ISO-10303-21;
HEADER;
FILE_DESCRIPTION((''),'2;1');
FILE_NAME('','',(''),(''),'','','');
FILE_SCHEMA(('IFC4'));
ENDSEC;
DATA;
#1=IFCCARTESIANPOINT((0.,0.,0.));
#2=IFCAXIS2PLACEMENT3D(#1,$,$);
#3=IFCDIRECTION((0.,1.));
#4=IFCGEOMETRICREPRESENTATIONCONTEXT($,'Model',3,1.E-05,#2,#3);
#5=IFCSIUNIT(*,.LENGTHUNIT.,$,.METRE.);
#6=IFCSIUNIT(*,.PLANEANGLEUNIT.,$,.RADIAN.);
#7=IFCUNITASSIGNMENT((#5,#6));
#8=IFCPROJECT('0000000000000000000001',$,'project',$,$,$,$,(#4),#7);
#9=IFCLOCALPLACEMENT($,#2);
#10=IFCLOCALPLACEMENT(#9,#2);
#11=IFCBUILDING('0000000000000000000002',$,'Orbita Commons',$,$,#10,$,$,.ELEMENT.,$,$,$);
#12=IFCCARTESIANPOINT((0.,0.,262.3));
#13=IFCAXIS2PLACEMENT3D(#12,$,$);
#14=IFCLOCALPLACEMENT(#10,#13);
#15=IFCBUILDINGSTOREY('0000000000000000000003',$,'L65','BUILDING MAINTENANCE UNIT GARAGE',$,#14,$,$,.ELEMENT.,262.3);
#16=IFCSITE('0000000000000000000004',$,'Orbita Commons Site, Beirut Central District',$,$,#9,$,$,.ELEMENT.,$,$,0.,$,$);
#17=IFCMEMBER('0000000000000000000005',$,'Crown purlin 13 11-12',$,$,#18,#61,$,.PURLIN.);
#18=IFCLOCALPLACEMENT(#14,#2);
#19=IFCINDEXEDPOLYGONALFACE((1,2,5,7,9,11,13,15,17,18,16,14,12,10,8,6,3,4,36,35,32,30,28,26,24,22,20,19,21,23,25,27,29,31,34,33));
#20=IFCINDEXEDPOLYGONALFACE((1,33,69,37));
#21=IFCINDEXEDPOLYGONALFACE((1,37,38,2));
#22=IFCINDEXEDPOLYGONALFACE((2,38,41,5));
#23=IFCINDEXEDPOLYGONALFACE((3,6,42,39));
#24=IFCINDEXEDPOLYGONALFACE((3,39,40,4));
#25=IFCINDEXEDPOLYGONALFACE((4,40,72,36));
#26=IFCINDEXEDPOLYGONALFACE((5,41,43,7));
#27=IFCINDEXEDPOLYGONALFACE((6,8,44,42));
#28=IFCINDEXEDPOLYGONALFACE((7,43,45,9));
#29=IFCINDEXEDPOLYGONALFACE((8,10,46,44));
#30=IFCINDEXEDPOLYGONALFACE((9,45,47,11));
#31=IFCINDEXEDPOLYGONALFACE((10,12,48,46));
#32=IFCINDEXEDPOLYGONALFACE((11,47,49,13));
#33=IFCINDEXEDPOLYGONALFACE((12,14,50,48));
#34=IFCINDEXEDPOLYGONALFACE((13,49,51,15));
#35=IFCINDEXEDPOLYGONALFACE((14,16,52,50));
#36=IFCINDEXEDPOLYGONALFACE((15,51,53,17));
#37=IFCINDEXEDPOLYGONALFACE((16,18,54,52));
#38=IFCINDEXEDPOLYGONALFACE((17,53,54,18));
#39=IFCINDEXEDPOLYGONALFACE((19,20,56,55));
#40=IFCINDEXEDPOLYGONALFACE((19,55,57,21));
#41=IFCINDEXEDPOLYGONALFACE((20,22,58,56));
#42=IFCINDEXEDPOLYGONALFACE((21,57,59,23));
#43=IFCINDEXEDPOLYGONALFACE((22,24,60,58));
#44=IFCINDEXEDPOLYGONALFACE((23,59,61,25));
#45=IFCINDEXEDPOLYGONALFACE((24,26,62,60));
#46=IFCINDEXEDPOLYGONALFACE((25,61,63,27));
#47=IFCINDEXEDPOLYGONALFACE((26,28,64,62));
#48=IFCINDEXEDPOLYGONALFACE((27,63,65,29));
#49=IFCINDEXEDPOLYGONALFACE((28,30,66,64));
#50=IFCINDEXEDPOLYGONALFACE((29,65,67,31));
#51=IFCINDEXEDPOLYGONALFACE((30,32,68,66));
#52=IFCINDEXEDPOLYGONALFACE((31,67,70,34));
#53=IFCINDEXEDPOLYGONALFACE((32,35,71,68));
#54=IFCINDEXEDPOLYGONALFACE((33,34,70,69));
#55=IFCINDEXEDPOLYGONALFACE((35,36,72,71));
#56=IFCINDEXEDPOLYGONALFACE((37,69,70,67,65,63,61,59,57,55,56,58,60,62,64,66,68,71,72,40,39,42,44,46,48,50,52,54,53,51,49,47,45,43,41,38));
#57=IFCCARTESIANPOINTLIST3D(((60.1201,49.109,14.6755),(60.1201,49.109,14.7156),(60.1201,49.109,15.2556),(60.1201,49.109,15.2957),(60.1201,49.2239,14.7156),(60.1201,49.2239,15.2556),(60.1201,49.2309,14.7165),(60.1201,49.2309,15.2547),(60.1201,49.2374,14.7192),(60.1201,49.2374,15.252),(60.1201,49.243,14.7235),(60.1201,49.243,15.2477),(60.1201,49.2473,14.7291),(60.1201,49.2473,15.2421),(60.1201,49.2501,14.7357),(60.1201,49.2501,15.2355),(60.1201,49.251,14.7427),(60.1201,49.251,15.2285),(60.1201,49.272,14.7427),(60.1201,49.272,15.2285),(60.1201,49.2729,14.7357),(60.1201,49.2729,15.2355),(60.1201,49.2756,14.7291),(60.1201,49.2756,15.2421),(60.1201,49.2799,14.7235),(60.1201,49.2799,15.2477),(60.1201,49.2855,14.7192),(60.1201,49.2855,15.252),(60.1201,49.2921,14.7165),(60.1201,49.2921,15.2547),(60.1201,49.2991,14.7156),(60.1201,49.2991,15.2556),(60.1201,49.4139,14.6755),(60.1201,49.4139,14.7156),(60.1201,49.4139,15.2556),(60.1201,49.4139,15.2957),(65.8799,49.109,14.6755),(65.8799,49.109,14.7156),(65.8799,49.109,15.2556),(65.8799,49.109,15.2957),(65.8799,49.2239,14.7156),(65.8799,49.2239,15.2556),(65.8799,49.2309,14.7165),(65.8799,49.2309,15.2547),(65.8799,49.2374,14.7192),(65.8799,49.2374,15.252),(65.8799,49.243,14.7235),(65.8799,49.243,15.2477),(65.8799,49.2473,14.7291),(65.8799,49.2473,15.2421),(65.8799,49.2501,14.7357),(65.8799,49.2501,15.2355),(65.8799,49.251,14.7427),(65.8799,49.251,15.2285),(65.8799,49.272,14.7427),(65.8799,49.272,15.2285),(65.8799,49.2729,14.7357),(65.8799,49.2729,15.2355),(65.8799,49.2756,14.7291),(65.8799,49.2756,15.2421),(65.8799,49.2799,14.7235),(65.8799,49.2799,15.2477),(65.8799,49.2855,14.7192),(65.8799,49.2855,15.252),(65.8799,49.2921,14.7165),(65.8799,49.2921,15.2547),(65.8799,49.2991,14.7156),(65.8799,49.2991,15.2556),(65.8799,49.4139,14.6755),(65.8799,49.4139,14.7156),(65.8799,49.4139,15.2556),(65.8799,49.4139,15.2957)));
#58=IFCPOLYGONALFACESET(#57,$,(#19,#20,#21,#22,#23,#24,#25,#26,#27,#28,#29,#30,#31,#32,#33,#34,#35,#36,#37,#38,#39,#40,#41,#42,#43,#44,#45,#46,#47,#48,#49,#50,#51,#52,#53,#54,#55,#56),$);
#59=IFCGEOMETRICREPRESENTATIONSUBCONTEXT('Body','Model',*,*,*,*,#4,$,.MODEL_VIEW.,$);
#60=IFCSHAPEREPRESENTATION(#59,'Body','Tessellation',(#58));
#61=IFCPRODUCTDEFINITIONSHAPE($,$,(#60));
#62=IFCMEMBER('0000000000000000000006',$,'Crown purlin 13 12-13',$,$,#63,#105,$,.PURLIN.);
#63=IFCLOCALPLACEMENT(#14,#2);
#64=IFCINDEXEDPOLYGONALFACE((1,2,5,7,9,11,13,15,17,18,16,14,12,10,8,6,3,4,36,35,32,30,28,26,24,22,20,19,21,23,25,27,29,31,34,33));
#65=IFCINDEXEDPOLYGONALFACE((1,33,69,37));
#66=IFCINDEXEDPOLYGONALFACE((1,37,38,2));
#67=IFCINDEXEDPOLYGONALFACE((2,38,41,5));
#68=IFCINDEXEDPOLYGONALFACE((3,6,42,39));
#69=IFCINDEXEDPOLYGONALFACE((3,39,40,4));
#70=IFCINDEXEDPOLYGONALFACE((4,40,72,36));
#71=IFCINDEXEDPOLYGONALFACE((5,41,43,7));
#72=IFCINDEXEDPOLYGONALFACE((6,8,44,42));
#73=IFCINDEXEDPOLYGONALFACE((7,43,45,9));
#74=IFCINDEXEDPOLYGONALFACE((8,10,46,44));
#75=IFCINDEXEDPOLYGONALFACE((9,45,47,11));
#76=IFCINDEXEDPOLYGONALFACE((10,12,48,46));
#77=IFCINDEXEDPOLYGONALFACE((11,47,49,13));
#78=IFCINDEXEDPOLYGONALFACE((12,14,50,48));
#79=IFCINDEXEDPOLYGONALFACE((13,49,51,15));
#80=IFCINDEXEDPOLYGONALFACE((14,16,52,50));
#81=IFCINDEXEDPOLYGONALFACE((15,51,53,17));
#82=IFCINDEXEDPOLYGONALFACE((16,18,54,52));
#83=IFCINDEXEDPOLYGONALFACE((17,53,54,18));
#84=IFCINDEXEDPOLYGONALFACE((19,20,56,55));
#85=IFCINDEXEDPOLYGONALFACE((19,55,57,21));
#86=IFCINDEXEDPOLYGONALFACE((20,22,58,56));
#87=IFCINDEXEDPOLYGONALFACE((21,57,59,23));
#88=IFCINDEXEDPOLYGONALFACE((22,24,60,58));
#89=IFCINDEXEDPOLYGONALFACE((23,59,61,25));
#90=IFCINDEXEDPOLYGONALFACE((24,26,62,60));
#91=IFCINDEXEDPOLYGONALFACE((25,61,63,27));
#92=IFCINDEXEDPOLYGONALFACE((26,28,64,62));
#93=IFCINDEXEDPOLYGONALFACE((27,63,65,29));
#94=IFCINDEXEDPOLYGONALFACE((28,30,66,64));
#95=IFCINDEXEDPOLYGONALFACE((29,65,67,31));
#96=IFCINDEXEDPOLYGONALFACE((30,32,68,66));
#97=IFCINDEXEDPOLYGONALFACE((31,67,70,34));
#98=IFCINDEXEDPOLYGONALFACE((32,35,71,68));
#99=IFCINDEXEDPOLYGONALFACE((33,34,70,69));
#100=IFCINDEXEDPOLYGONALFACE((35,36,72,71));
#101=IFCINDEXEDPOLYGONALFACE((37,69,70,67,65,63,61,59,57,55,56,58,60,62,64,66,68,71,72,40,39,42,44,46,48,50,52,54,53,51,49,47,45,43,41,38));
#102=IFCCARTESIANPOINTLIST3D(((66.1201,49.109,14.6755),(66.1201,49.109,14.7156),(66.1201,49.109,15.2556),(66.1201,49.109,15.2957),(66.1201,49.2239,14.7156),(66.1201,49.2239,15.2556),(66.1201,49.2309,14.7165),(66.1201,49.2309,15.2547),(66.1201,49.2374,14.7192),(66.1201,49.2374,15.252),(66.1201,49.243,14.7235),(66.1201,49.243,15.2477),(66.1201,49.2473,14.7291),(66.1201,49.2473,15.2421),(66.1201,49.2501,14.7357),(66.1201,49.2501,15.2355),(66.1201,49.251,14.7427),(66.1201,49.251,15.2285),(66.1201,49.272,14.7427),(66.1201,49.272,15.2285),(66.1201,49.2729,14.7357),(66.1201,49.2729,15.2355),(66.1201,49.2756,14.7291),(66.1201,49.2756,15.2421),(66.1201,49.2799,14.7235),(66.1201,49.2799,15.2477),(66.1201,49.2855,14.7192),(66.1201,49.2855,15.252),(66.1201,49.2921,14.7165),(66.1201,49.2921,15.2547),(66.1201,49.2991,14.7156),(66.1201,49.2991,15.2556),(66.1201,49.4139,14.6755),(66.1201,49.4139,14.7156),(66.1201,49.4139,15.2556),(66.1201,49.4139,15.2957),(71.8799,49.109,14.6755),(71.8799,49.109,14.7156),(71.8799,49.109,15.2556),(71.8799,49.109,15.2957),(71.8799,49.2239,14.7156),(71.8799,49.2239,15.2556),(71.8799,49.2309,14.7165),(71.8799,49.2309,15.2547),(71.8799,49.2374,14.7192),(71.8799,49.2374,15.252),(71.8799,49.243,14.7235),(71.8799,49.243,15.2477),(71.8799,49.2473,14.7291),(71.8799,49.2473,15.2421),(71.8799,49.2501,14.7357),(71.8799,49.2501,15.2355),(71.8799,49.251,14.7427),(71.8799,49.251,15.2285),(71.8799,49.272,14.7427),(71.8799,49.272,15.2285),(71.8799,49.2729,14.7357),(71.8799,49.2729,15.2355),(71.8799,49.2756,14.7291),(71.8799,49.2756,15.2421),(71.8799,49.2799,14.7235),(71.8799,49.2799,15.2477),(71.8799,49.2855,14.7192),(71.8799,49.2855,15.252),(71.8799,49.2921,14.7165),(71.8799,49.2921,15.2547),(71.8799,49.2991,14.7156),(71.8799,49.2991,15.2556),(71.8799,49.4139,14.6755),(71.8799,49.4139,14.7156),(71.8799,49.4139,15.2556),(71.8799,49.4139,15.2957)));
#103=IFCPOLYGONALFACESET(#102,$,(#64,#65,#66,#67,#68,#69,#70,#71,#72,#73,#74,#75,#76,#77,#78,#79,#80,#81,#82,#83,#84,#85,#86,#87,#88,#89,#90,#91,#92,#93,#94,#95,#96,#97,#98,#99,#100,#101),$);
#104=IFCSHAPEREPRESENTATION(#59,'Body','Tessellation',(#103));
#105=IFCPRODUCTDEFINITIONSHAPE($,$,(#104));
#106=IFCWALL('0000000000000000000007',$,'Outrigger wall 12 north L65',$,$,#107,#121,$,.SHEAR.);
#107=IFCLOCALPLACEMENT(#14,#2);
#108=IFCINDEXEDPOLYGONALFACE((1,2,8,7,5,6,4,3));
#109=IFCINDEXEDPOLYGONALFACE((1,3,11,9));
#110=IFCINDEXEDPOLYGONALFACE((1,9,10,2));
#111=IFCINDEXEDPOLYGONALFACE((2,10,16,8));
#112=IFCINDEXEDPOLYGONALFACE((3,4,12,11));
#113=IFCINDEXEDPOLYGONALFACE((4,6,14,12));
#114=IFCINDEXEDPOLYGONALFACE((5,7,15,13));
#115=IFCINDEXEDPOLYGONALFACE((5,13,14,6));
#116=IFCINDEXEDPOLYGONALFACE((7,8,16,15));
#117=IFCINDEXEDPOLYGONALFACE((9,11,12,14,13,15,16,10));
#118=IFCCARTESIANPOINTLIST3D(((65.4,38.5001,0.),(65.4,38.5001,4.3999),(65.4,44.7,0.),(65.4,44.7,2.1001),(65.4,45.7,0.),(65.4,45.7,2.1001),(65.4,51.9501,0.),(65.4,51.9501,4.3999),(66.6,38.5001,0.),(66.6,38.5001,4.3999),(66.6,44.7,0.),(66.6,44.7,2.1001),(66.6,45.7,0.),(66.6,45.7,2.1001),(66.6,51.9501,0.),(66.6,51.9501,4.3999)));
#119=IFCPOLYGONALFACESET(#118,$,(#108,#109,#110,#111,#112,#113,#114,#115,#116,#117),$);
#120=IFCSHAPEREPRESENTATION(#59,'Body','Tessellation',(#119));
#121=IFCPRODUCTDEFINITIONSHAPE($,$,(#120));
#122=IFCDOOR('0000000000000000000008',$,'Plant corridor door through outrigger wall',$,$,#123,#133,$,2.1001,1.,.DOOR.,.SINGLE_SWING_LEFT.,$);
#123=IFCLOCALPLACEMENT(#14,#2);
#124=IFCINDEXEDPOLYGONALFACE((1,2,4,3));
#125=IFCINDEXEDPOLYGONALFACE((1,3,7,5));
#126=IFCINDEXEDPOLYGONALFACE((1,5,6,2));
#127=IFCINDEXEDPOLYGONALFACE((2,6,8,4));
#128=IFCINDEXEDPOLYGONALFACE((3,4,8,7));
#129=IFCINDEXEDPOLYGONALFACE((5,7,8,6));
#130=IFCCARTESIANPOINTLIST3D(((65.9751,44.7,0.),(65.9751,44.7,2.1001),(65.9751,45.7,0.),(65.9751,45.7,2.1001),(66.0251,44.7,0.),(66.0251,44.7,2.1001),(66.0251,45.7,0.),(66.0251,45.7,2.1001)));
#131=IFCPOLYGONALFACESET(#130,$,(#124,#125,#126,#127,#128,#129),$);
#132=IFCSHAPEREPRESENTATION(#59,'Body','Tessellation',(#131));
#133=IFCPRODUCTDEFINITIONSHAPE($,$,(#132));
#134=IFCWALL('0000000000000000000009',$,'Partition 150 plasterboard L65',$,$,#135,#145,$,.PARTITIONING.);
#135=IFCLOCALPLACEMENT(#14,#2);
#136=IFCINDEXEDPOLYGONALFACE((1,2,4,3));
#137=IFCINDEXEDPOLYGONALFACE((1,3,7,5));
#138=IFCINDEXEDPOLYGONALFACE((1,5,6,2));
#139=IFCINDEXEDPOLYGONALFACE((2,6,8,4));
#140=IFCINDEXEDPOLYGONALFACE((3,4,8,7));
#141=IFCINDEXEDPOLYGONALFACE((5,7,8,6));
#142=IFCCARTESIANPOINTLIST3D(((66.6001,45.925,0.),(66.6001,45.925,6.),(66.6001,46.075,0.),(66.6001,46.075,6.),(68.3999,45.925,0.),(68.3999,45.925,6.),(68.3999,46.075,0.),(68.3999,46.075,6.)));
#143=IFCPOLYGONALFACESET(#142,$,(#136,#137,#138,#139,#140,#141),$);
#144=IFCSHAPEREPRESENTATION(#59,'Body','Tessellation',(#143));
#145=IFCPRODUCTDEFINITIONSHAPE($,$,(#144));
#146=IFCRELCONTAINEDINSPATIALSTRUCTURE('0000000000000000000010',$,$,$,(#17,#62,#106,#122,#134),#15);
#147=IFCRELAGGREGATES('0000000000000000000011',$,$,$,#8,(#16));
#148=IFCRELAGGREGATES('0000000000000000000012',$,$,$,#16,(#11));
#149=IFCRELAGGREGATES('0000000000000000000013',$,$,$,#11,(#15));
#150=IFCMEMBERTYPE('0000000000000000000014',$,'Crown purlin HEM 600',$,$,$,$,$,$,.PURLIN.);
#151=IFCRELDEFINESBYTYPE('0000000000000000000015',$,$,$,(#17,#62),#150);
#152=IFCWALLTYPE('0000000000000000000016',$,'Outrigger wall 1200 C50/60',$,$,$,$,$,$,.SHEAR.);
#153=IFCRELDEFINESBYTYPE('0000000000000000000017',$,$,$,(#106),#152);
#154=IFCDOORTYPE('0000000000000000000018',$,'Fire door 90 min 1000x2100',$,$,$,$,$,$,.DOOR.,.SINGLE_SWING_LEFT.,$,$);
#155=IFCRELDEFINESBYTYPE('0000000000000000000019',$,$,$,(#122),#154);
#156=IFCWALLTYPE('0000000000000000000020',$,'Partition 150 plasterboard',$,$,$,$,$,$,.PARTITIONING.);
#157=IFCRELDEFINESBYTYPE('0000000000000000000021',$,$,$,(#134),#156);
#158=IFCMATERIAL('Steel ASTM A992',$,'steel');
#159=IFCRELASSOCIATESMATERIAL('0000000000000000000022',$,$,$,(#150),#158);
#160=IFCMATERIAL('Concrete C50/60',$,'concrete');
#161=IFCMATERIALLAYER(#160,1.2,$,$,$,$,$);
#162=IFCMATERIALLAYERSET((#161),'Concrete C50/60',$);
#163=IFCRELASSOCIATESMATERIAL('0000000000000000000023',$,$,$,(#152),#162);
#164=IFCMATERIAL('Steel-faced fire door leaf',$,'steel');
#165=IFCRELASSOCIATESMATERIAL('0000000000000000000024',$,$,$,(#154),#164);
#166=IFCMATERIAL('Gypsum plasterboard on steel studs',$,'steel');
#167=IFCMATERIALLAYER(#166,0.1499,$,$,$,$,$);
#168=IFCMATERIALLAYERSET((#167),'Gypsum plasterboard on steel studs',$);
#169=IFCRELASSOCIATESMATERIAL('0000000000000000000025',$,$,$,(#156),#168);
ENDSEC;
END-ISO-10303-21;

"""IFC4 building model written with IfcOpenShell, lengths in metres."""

from ifc_helpers import new_model, si_unit, direction, frame, frame_2d, origin, origin_2d, place, context, subcontext, project, spatial, rectangle, i_section, extrude, material, layer, layer_set, material_profile, profile_set, type_object, element, fill, save


model = new_model("IFC4")

# Units and contexts
model_context = context("Model", 3, precision=1e-05, world=origin(), true_north=direction((0.0, 1.0)))
body_context = subcontext(model_context, "Body", "Model", "MODEL_VIEW")
ifc_project = project(units=[si_unit("LENGTHUNIT", "METRE"), si_unit("PLANEANGLEUNIT", "RADIAN")], contexts=[model_context])

# Site, building, storey
site_placement = place(None, origin())
site = spatial("IfcSite", under=ifc_project, at=site_placement, Name="Orbita Commons Site, Beirut Central District", CompositionType="ELEMENT", RefElevation=0.0)
building_placement = place(site_placement, origin())
building = spatial("IfcBuilding", under=site, at=building_placement, Name="Orbita Commons", CompositionType="ELEMENT")
storey_placement = place(building_placement, frame((0.0, 0.0, 262.3)))
storey = spatial("IfcBuildingStorey", under=building, at=storey_placement, Name="L65", Description="BUILDING MAINTENANCE UNIT GARAGE", CompositionType="ELEMENT", Elevation=262.3)

# Members
ifc_material_1 = material(Name="Steel ASTM A992", Category="steel")
ifc_material_profile_1 = material_profile(ifc_material_1, i_section(OverallWidth=0.3049, OverallDepth=0.6201, WebThickness=0.021, FlangeThickness=0.04, FilletRadius=0.0271, at=origin_2d()), Name="HEM 600")
ifc_profile_set_1 = profile_set([ifc_material_profile_1], Name="Steel ASTM A992")
member_type = type_object("IfcMemberType", Name="Crown purlin HEM 600", PredefinedType="PURLIN", material=ifc_profile_set_1)
for number, where, z_axis, x_axis, name in (
    (1, (60.1201, 49.2615, 14.9856), (1.0, 0.0, 0.0), (0.0, 1.0, 0.0), "Crown purlin 13 11-12"),
    (2, (66.1201, 49.2615, 14.9856), (1.0, 0.0, 0.0), (0.0, 1.0, 0.0), "Crown purlin 13 12-13"),
):
    element("IfcMember", number, at=place(storey_placement, frame(where, z_axis=z_axis, x_axis=x_axis)), inside=storey, type_object=member_type, Name=name, PredefinedType="PURLIN", context=body_context, shape_type="SweptSolid", body=[
        extrude(i_section(OverallWidth=0.3049, OverallDepth=0.6201, WebThickness=0.021, FlangeThickness=0.04, FilletRadius=0.0271, at=origin_2d()), origin(), (0.0, 0.0, 1.0), 5.7598),
    ])

# Wall, opening, door
ifc_material_2 = material(Name="Concrete C50/60", Category="concrete")
ifc_layer_1 = layer(ifc_material_2, 1.2)
ifc_layer_set_1 = layer_set([ifc_layer_1], Name="Concrete C50/60")
wall_type_1 = type_object("IfcWallType", Name="Outrigger wall 1200 C50/60", PredefinedType="SHEAR", material=ifc_layer_set_1)
wall_1_placement = place(storey_placement, frame((66.0, 38.5, 0.0), z_axis=(0.0, 0.0, 1.0), x_axis=(0.0, 1.0, 0.0)))
wall_1 = element("IfcWall", 3, at=wall_1_placement, inside=storey, type_object=wall_type_1, Name="Outrigger wall 12 north L65", PredefinedType="SHEAR", context=body_context, shape_type="SweptSolid", body=[
    extrude(rectangle(XDim=13.45, YDim=1.2, at=frame_2d((6.7251, 0.0))), origin(), (0.0, 0.0, 1.0), 4.3999),
])
opening_1_placement = place(wall_1_placement, frame((6.2, 0.0, 0.0)))
opening_1 = element("IfcOpeningElement", 4, at=opening_1_placement, cuts=wall_1, PredefinedType="OPENING", context=body_context, shape_type="SweptSolid", body=[
    extrude(rectangle(XDim=1.0, YDim=2.1001, at=frame_2d((0.5, 1.05))), frame((0.0, 0.6099, 0.0), z_axis=(0.0, -1.0, 0.0), x_axis=(1.0, 0.0, 0.0)), (0.0, 0.0, 1.0), 1.22),
])
ifc_material_3 = material(Name="Steel-faced fire door leaf", Category="steel")
door_type_1 = type_object("IfcDoorType", Name="Fire door 90 min 1000x2100", OperationType="SINGLE_SWING_LEFT", PredefinedType="DOOR", material=ifc_material_3)
door_1_placement = place(opening_1_placement, origin())
door_1 = element("IfcDoor", 5, at=door_1_placement, inside=storey, type_object=door_type_1, Name="Plant corridor door through outrigger wall", OperationType="SINGLE_SWING_LEFT", OverallHeight=2.1001, OverallWidth=1.0, PredefinedType="DOOR", context=body_context, shape_type="SweptSolid", body=[
    extrude(rectangle(XDim=1.0, YDim=2.1001, at=frame_2d((0.5, 1.05))), frame((0.0, 0.0249, 0.0), z_axis=(0.0, -1.0, 0.0), x_axis=(1.0, 0.0, 0.0)), (0.0, 0.0, 1.0), 0.05),
])
fill(opening_1, door_1)

# Wall
ifc_material_4 = material(Name="Gypsum plasterboard on steel studs", Category="steel")
ifc_layer_2 = layer(ifc_material_4, 0.1499)
ifc_layer_set_2 = layer_set([ifc_layer_2], Name="Gypsum plasterboard on steel studs")
wall_type_2 = type_object("IfcWallType", Name="Partition 150 plasterboard", PredefinedType="PARTITIONING", material=ifc_layer_set_2)
wall_2_placement = place(storey_placement, frame((66.6001, 46.0, 0.0), z_axis=(0.0, 0.0, 1.0), x_axis=(1.0, 0.0, 0.0)))
element("IfcWall", 6, at=wall_2_placement, inside=storey, type_object=wall_type_2, Name="Partition 150 plasterboard L65", PredefinedType="PARTITIONING", context=body_context, shape_type="SweptSolid", body=[
    extrude(rectangle(XDim=1.7998, YDim=0.1499, at=frame_2d((0.8999, 0.0))), origin(), (0.0, 0.0, 1.0), 6.0),
])

save(model, "model.ifc")
